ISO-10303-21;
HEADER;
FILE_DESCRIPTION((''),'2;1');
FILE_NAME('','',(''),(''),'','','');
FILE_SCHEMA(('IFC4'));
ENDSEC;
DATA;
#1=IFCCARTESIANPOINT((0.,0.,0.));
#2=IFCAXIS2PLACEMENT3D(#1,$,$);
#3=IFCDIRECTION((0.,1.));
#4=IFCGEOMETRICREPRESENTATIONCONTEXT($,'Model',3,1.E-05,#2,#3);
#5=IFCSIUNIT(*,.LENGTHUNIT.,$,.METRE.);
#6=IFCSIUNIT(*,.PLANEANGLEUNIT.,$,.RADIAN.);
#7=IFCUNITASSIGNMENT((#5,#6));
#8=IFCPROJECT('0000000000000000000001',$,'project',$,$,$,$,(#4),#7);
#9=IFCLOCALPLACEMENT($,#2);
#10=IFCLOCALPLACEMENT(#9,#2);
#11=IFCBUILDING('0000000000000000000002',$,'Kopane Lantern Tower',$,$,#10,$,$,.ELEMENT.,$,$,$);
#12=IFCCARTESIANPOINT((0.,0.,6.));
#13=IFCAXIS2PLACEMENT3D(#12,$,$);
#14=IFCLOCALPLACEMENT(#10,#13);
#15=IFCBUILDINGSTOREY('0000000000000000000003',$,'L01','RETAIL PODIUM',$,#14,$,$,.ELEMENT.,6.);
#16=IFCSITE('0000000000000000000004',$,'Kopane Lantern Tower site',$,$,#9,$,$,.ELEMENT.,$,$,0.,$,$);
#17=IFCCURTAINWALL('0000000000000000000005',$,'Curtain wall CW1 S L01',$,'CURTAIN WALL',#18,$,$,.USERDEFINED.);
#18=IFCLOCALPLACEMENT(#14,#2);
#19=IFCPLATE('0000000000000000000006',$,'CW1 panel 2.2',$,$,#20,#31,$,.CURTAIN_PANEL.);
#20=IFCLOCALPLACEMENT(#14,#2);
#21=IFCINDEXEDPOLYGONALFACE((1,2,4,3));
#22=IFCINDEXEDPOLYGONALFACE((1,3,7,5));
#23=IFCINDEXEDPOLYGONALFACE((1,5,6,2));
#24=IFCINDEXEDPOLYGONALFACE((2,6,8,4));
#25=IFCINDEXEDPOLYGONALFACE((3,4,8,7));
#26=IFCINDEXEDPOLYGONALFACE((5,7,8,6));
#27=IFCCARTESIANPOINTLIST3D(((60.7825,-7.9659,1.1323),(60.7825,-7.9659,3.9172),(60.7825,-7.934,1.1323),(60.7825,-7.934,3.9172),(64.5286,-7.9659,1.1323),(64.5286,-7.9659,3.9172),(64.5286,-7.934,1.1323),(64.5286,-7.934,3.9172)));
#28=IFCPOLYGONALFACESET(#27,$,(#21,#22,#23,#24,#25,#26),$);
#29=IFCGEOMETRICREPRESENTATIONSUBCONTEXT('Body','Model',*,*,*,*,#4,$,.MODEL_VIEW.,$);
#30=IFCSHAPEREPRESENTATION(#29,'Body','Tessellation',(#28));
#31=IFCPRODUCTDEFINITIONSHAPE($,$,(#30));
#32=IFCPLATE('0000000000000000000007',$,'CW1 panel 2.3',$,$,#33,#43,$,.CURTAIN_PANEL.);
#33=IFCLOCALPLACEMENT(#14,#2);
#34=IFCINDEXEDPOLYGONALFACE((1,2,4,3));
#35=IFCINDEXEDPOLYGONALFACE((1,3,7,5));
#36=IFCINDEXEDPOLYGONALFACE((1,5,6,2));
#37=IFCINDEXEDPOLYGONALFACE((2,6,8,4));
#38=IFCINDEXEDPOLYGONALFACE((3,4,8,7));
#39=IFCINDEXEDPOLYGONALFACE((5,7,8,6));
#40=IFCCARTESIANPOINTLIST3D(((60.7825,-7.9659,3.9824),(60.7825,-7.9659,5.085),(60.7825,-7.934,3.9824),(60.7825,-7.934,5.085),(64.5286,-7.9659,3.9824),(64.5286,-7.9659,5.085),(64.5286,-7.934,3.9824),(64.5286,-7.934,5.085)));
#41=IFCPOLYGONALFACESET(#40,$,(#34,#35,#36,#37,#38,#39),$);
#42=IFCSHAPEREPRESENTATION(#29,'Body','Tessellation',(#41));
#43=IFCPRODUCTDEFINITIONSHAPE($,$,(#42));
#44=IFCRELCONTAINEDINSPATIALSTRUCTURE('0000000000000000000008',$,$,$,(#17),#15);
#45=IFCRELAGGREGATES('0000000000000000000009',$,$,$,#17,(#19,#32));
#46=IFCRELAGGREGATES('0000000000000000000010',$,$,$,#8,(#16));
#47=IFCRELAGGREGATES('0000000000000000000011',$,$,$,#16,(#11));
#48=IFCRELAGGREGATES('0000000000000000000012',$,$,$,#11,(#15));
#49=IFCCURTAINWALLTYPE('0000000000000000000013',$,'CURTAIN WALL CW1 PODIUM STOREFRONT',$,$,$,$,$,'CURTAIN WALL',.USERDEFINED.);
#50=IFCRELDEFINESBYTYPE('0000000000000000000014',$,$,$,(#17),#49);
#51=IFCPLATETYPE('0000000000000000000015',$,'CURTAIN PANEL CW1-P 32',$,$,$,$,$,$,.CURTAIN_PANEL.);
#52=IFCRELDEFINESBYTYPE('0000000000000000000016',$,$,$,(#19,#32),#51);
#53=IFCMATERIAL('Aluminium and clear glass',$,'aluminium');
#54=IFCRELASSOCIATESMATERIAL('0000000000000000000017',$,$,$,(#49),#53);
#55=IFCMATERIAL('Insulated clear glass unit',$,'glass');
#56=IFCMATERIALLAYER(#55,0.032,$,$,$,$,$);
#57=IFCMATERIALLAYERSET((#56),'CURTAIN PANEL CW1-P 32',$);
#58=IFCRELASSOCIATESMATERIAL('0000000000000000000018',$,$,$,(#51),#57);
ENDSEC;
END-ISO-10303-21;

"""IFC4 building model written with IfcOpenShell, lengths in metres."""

from ifc_helpers import new_model, si_unit, direction, frame, origin, origin_2d, place, context, subcontext, project, spatial, rectangle, extrude, material, layer, layer_set, type_object, element, aggregate, save


model = new_model("IFC4")

# Units and contexts
model_context = context("Model", 3, precision=1e-05, world=origin(), true_north=direction((0.0, 1.0)))
body_context = subcontext(model_context, "Body", "Model", "MODEL_VIEW")
ifc_project = project(units=[si_unit("LENGTHUNIT", "METRE"), si_unit("PLANEANGLEUNIT", "RADIAN")], contexts=[model_context])

# Site, building, storey
site_placement = place(None, origin())
site = spatial("IfcSite", under=ifc_project, at=site_placement, Name="Kopane Lantern Tower site", CompositionType="ELEMENT", RefElevation=0.0)
building_placement = place(site_placement, origin())
building = spatial("IfcBuilding", under=site, at=building_placement, Name="Kopane Lantern Tower", CompositionType="ELEMENT")
storey_placement = place(building_placement, frame((0.0, 0.0, 6.0)))
storey = spatial("IfcBuildingStorey", under=building, at=storey_placement, Name="L01", Description="RETAIL PODIUM", CompositionType="ELEMENT", Elevation=6.0)

# Curtain wall, plates
ifc_material_1 = material(Name="Aluminium and clear glass", Category="aluminium")
curtain_wall_type = type_object("IfcCurtainWallType", Name="CURTAIN WALL CW1 PODIUM STOREFRONT", ElementType="CURTAIN WALL", PredefinedType="USERDEFINED", material=ifc_material_1)
curtain_wall_placement = place(storey_placement, origin())
curtain_wall = element("IfcCurtainWall", 1, at=curtain_wall_placement, inside=storey, type_object=curtain_wall_type, Name="Curtain wall CW1 S L01", ObjectType="CURTAIN WALL", PredefinedType="USERDEFINED")
ifc_material_2 = material(Name="Insulated clear glass unit", Category="glass")
ifc_layer_1 = layer(ifc_material_2, 0.032)
ifc_layer_set_1 = layer_set([ifc_layer_1], Name="CURTAIN PANEL CW1-P 32")
plate_type = type_object("IfcPlateType", Name="CURTAIN PANEL CW1-P 32", PredefinedType="CURTAIN_PANEL", material=ifc_layer_set_1)
plate_1_placement = place(storey_placement, frame((62.6555, -7.95, 1.1323), z_axis=(0.0, 0.0, 1.0), x_axis=(1.0, 0.0, 0.0)))
plate_1 = element("IfcPlate", 2, at=plate_1_placement, type_object=plate_type, Name="CW1 panel 2.2", PredefinedType="CURTAIN_PANEL", context=body_context, shape_type="SweptSolid", body=[
    extrude(rectangle(XDim=3.7461, YDim=0.032, at=origin_2d()), origin(), (0.0, 0.0, 1.0), 2.7849),
])
plate_2_placement = place(storey_placement, frame((62.6555, -7.95, 3.9824), z_axis=(0.0, 0.0, 1.0), x_axis=(1.0, 0.0, 0.0)))
plate_2 = element("IfcPlate", 3, at=plate_2_placement, type_object=plate_type, Name="CW1 panel 2.3", PredefinedType="CURTAIN_PANEL", context=body_context, shape_type="SweptSolid", body=[
    extrude(rectangle(XDim=3.7461, YDim=0.032, at=origin_2d()), origin(), (0.0, 0.0, 1.0), 1.1025),
])
aggregate(curtain_wall, [plate_1, plate_2])

save(model, "model.ifc")
